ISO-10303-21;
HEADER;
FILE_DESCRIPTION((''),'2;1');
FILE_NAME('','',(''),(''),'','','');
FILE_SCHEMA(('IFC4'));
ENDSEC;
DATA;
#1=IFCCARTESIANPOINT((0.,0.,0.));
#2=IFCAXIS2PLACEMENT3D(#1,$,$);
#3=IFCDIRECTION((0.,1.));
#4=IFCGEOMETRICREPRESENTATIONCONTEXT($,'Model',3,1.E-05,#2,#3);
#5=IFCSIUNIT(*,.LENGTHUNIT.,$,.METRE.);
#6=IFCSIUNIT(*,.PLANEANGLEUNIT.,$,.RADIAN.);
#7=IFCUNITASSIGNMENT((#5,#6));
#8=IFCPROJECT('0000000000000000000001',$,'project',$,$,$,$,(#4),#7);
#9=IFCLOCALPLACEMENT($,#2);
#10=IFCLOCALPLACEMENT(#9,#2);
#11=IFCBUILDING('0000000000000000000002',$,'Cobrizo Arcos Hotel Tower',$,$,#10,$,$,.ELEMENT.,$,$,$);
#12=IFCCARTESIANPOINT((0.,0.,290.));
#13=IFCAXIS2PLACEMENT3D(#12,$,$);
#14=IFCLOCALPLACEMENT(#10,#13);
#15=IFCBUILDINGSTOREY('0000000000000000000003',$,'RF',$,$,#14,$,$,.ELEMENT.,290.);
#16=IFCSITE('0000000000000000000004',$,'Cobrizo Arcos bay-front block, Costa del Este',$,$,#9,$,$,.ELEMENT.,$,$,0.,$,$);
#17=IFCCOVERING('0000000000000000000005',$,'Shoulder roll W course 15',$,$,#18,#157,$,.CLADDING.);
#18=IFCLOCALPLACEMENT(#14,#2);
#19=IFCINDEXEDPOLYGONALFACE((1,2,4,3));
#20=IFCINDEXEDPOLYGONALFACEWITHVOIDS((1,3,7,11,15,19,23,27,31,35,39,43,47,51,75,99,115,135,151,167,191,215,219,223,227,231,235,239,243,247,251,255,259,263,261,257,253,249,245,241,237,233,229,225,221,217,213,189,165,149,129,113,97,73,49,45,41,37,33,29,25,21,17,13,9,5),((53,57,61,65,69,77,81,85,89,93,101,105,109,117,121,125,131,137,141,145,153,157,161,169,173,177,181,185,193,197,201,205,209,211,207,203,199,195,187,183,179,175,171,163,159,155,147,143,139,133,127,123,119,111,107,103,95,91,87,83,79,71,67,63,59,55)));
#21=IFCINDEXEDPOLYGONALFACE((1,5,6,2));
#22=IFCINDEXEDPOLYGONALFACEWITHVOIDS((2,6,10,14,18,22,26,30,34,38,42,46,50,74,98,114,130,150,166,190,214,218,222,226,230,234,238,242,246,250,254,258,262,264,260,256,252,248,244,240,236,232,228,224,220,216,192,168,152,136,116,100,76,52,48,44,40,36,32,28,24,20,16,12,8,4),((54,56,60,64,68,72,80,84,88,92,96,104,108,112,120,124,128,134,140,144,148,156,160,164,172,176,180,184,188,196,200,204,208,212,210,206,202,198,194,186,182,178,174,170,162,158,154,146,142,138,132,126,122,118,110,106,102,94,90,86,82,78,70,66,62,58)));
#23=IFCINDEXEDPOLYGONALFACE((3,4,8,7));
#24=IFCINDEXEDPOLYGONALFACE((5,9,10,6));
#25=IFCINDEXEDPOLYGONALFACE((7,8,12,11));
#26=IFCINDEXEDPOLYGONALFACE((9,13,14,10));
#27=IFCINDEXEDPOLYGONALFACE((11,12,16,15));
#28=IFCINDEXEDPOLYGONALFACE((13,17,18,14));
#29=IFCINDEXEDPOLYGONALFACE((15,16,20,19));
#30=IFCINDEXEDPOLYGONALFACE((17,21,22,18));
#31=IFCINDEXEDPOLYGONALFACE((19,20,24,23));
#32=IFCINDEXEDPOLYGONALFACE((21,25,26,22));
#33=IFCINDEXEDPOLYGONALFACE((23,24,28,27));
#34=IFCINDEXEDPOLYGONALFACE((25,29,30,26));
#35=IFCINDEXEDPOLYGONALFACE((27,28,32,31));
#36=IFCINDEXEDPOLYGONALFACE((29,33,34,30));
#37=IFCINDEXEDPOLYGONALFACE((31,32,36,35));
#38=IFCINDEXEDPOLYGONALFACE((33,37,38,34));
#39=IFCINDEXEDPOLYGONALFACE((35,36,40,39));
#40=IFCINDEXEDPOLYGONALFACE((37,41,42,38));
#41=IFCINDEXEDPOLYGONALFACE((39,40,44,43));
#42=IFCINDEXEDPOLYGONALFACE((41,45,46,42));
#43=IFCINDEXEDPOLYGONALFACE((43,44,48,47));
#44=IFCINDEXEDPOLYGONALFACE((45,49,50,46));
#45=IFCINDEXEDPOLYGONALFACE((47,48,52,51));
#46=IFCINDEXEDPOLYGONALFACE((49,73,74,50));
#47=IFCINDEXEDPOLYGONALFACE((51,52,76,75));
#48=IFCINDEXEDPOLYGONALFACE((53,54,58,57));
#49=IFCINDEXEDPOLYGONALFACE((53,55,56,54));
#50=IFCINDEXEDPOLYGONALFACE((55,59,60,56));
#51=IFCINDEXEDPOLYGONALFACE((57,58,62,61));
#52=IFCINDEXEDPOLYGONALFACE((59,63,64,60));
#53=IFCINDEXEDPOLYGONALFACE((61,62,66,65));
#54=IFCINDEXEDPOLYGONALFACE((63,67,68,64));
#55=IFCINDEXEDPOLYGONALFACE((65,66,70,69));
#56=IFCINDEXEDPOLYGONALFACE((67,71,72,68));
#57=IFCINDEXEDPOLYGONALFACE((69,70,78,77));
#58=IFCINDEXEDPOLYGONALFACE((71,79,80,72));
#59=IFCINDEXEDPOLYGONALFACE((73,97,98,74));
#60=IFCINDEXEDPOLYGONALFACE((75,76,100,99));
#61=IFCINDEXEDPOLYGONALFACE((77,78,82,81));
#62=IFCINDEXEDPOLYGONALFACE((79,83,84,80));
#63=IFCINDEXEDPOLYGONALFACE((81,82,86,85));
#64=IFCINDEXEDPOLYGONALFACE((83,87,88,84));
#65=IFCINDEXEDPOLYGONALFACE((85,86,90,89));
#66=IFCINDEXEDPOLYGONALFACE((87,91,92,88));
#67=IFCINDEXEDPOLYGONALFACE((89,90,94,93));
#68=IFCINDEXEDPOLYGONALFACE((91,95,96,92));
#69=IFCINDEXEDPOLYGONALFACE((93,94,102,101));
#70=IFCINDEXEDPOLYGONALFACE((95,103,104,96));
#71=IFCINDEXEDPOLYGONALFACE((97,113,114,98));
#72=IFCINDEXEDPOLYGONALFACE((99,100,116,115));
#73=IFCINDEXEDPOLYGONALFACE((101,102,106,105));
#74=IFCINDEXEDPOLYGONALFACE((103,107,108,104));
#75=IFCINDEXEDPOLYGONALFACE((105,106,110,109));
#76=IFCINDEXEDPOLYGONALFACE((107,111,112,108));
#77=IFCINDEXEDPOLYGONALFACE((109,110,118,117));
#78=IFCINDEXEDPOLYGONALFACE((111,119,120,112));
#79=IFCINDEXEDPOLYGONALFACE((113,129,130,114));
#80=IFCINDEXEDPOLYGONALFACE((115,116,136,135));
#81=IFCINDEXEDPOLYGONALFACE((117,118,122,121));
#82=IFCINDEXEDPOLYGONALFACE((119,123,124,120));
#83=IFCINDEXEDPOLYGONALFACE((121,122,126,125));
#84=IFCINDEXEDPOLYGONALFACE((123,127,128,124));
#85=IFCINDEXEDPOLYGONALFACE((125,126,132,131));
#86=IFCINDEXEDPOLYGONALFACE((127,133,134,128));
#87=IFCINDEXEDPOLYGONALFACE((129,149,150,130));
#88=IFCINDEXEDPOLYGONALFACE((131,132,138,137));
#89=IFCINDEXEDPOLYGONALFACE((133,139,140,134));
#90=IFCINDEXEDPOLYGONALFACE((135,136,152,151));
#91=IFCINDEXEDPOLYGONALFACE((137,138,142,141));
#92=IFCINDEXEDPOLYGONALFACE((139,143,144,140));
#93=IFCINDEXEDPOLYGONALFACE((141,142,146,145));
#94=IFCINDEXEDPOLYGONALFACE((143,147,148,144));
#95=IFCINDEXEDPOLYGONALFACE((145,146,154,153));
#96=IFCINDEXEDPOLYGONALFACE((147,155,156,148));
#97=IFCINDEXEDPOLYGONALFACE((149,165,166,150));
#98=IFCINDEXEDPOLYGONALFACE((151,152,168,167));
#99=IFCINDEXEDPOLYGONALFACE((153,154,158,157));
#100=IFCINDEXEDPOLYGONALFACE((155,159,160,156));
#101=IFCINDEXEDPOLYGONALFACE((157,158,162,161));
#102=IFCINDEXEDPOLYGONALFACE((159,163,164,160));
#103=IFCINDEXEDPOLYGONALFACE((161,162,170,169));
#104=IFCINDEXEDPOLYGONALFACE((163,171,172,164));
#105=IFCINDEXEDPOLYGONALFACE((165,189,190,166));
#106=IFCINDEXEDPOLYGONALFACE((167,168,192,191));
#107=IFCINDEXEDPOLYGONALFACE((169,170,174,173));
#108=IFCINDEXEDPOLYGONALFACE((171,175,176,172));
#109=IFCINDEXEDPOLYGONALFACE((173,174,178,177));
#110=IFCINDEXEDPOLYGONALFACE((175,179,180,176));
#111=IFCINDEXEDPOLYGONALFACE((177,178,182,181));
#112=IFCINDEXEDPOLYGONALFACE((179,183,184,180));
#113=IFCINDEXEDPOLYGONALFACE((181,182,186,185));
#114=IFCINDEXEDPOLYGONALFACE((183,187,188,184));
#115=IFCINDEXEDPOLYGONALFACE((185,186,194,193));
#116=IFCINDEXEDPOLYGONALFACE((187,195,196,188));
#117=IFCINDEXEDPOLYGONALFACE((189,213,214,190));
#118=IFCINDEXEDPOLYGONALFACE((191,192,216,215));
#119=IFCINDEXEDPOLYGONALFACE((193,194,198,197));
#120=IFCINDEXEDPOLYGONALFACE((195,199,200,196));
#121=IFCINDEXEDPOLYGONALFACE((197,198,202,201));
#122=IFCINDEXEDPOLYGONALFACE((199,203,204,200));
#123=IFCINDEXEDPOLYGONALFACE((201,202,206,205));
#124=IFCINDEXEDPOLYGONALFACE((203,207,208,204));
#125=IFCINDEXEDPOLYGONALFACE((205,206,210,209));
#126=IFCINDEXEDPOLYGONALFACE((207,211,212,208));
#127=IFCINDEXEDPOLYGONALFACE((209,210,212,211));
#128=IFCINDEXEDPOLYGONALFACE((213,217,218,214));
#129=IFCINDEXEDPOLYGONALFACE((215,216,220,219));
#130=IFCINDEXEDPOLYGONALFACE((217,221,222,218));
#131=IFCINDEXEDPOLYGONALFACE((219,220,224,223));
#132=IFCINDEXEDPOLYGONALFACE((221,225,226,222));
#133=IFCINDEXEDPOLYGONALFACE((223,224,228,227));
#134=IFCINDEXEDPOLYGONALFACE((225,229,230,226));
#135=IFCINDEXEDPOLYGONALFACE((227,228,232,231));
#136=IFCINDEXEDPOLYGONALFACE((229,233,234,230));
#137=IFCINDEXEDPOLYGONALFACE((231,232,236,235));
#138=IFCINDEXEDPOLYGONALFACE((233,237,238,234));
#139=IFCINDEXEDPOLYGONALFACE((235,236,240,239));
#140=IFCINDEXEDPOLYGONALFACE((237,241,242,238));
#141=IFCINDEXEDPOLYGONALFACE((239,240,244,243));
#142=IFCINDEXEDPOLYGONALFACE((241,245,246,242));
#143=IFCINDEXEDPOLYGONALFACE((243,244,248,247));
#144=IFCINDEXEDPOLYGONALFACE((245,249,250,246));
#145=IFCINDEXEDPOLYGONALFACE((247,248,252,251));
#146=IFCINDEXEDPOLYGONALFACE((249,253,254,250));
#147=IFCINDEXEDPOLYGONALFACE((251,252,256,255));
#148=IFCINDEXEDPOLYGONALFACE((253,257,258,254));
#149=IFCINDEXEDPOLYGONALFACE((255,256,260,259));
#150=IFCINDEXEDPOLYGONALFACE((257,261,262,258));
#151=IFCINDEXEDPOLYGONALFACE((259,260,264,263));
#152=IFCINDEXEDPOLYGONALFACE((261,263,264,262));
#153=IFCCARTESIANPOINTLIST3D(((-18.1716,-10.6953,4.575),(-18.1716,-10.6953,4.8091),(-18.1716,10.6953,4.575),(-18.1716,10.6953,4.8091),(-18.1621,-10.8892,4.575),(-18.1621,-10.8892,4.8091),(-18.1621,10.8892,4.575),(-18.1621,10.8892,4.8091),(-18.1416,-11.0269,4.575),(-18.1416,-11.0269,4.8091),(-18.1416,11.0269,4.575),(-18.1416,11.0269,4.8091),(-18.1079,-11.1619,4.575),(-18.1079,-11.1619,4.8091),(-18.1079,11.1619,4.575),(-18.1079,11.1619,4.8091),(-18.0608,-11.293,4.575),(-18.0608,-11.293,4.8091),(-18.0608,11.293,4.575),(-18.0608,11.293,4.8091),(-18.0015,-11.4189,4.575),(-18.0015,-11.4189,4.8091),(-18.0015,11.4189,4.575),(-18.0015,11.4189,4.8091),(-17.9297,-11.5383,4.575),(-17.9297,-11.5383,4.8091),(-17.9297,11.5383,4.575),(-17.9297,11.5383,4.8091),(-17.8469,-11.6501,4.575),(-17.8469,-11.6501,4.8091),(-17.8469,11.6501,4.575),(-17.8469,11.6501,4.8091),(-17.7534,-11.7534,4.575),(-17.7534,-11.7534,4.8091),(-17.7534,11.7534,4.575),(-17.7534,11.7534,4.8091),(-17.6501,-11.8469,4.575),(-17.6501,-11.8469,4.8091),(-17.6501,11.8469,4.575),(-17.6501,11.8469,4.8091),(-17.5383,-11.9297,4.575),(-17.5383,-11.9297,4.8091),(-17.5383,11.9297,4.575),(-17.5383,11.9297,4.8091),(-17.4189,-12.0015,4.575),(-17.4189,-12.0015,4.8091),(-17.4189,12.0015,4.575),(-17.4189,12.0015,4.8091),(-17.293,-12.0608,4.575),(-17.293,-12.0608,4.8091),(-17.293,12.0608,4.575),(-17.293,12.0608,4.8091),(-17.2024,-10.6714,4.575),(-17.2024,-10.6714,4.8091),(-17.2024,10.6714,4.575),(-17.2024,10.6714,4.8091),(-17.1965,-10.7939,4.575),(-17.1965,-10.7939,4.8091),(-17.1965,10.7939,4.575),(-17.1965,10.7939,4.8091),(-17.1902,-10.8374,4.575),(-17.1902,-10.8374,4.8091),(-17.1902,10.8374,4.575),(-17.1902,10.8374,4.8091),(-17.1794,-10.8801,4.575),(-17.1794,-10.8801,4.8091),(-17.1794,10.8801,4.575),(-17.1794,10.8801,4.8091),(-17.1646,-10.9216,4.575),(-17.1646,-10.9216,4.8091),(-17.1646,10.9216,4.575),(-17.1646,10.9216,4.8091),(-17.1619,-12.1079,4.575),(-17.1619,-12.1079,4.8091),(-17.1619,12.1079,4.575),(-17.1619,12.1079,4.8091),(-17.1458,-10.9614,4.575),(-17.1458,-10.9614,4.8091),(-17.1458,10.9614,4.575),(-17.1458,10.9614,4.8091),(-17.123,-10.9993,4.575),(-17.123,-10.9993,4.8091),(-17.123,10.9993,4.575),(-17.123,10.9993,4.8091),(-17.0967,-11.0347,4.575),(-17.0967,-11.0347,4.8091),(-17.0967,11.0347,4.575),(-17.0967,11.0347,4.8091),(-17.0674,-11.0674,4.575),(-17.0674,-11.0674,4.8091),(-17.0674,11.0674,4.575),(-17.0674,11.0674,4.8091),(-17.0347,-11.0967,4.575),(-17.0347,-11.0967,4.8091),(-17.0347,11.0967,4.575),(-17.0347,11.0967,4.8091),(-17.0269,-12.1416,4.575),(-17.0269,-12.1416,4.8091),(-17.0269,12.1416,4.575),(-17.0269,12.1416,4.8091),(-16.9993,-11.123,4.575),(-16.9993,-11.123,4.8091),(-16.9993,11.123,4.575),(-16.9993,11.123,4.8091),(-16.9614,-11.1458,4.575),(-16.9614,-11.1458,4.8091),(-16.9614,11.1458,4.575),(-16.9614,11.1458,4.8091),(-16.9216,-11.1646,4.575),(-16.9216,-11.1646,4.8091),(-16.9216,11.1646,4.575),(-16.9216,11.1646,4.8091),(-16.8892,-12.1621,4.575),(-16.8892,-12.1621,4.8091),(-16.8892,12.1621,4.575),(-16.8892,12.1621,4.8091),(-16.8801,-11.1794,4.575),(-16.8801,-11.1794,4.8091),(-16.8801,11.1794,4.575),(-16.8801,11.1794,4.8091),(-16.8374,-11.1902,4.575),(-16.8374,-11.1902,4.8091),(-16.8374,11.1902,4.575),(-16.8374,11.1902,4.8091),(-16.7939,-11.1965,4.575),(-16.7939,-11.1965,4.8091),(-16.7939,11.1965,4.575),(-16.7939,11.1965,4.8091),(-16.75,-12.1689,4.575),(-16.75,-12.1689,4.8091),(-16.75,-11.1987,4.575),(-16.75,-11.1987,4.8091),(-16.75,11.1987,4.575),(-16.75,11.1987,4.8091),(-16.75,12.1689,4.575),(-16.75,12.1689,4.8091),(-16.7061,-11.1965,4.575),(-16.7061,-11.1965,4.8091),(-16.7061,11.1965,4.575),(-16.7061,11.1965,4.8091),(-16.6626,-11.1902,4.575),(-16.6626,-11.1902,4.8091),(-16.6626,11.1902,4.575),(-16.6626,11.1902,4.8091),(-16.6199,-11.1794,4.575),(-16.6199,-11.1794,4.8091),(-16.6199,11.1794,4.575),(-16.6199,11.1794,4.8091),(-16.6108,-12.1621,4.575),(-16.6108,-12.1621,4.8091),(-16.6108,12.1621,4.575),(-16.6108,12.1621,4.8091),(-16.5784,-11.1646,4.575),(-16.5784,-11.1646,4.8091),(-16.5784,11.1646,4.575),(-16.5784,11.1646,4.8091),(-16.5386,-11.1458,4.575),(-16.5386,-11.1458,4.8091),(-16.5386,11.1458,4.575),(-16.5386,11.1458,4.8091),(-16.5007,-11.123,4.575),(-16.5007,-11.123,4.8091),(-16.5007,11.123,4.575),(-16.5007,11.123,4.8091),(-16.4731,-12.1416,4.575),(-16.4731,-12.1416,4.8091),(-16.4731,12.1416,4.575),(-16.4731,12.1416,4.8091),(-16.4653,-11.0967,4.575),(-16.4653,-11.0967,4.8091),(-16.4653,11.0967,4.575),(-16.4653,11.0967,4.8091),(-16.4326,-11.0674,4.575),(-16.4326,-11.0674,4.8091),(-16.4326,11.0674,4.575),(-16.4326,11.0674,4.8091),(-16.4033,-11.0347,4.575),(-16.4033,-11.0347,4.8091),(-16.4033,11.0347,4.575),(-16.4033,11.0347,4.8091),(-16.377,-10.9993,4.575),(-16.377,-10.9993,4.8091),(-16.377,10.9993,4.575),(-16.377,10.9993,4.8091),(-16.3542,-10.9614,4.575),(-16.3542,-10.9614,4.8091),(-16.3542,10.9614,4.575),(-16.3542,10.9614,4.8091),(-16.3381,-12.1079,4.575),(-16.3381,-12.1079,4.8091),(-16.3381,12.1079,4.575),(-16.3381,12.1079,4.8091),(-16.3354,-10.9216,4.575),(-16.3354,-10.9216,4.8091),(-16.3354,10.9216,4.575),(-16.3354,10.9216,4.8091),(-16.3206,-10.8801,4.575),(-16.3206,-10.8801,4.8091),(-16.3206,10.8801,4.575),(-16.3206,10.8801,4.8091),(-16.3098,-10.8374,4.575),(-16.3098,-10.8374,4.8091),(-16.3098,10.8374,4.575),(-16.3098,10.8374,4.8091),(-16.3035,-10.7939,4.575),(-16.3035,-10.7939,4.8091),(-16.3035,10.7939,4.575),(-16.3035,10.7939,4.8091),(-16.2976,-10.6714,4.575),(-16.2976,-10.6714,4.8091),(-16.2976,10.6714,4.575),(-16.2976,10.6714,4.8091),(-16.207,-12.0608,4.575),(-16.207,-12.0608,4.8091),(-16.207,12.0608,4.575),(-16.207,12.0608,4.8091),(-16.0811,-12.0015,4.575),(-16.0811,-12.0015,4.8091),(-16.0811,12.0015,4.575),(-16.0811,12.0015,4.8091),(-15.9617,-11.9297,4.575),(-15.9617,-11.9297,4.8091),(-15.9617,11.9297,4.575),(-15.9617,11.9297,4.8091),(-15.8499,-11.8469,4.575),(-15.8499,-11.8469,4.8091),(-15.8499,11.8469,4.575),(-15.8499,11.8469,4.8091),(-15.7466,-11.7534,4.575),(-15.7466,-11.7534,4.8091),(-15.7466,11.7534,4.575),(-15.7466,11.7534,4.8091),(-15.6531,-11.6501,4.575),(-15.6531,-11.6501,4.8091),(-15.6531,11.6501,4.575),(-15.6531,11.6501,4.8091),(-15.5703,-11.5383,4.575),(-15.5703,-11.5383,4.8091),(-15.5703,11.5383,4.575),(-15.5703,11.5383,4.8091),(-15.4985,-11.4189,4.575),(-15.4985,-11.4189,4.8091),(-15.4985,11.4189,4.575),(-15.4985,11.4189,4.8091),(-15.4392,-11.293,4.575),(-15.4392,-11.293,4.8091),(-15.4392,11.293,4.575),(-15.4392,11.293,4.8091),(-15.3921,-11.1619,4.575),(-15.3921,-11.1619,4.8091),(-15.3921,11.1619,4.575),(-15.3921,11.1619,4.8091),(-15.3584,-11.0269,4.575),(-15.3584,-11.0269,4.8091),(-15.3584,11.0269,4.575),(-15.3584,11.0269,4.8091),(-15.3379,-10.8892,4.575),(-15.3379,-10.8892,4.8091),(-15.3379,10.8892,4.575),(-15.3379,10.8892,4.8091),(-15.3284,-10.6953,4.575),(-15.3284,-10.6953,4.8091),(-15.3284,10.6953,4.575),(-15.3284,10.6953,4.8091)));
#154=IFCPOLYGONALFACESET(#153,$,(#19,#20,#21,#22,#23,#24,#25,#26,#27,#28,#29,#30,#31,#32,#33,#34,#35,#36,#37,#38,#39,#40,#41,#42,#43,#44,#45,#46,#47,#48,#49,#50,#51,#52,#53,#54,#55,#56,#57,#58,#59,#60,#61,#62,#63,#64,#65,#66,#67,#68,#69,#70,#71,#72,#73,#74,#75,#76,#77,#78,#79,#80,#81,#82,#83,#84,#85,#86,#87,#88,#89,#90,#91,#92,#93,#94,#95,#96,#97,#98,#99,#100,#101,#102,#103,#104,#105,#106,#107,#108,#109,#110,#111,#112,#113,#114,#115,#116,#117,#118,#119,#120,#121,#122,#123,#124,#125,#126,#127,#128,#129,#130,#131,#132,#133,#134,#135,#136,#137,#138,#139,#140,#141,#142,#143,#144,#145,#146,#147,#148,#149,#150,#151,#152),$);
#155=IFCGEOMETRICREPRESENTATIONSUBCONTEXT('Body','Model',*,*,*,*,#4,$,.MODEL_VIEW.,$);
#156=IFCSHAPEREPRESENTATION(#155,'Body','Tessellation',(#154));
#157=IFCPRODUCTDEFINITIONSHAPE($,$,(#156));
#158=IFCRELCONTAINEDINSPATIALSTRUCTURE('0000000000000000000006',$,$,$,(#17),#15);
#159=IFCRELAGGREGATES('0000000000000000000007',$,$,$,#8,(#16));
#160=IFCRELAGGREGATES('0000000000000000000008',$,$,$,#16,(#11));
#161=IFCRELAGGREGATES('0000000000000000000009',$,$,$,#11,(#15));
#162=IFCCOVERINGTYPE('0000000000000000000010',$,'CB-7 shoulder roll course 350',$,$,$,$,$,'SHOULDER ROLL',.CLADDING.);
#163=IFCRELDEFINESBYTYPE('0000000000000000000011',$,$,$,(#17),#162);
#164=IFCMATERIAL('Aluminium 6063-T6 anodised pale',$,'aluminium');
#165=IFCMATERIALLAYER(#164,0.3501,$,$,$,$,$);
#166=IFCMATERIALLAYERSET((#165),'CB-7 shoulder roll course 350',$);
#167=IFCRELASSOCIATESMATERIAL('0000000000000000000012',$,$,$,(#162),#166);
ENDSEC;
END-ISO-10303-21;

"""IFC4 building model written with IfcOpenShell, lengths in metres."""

from ifc_helpers import new_model, si_unit, direction, frame, origin, place, context, subcontext, project, spatial, polyline, outline, extrude, material, layer, layer_set, type_object, element, save


model = new_model("IFC4")

# Units and contexts
model_context = context("Model", 3, precision=1e-05, world=origin(), true_north=direction((0.0, 1.0)))
body_context = subcontext(model_context, "Body", "Model", "MODEL_VIEW")
ifc_project = project(units=[si_unit("LENGTHUNIT", "METRE"), si_unit("PLANEANGLEUNIT", "RADIAN")], contexts=[model_context])

# Site, building, storey
site_placement = place(None, origin())
site = spatial("IfcSite", under=ifc_project, at=site_placement, Name="Cobrizo Arcos bay-front block, Costa del Este", CompositionType="ELEMENT", RefElevation=0.0)
building_placement = place(site_placement, origin())
building = spatial("IfcBuilding", under=site, at=building_placement, Name="Cobrizo Arcos Hotel Tower", CompositionType="ELEMENT")
storey_placement = place(building_placement, frame((0.0, 0.0, 290.0)))
storey = spatial("IfcBuildingStorey", under=building, at=storey_placement, Name="RF", CompositionType="ELEMENT", Elevation=290.0)

# Covering
ifc_material_1 = material(Name="Aluminium 6063-T6 anodised pale", Category="aluminium")
ifc_layer_1 = layer(ifc_material_1, 0.3501)
ifc_layer_set_1 = layer_set([ifc_layer_1], Name="CB-7 shoulder roll course 350")
covering_type_1 = type_object("IfcCoveringType", Name="CB-7 shoulder roll course 350", ElementType="SHOULDER ROLL", PredefinedType="CLADDING", material=ifc_layer_set_1)
covering_1_placement = place(storey_placement, frame((0.0, 0.0, 4.575)))
element("IfcCovering", 1, at=covering_1_placement, inside=storey, type_object=covering_type_1, Name="Shoulder roll W course 15", PredefinedType="CLADDING", context=body_context, shape_type="SweptSolid", body=[
    extrude(outline(polyline([(-18.1716, 10.6953), (-18.1621, 10.8892), (-18.1416, 11.0269), (-18.1079, 11.1619), (-18.0608, 11.293), (-18.0015, 11.4189), (-17.9297, 11.5383), (-17.8469, 11.6501), (-17.7534, 11.7534), (-17.6501, 11.8469), (-17.5383, 11.9297), (-17.4189, 12.0015), (-17.293, 12.0608), (-17.1619, 12.1079), (-17.0269, 12.1416), (-16.8892, 12.1621), (-16.75, 12.1689), (-16.6108, 12.1621), (-16.4731, 12.1416), (-16.3381, 12.1079), (-16.207, 12.0608), (-16.0811, 12.0015), (-15.9617, 11.9297), (-15.8499, 11.8469), (-15.7466, 11.7534), (-15.6531, 11.6501), (-15.5703, 11.5383), (-15.4985, 11.4189), (-15.4392, 11.293), (-15.3921, 11.1619), (-15.3584, 11.0269), (-15.3379, 10.8892), (-15.3284, 10.6953), (-15.3284, -10.6953), (-15.3379, -10.8892), (-15.3584, -11.0269), (-15.3921, -11.1619), (-15.4392, -11.293), (-15.4985, -11.4189), (-15.5703, -11.5383), (-15.6531, -11.6501), (-15.7466, -11.7534), (-15.8499, -11.8469), (-15.9617, -11.9297), (-16.0811, -12.0015), (-16.207, -12.0608), (-16.3381, -12.1079), (-16.4731, -12.1416), (-16.6108, -12.1621), (-16.75, -12.1689), (-16.8892, -12.1621), (-17.0269, -12.1416), (-17.1619, -12.1079), (-17.293, -12.0608), (-17.4189, -12.0015), (-17.5383, -11.9297), (-17.6501, -11.8469), (-17.7534, -11.7534), (-17.8469, -11.6501), (-17.9297, -11.5383), (-18.0015, -11.4189), (-18.0608, -11.293), (-18.1079, -11.1619), (-18.1416, -11.0269), (-18.1621, -10.8892), (-18.1716, -10.6953), (-18.1716, 10.6953)]), holes=[polyline([(-17.2024, 10.6714), (-17.1965, 10.7939), (-17.1902, 10.8374), (-17.1794, 10.8801), (-17.1646, 10.9216), (-17.1458, 10.9614), (-17.123, 10.9993), (-17.0967, 11.0347), (-17.0674, 11.0674), (-17.0347, 11.0967), (-16.9993, 11.123), (-16.9614, 11.1458), (-16.9216, 11.1646), (-16.8801, 11.1794), (-16.8374, 11.1902), (-16.7939, 11.1965), (-16.75, 11.1987), (-16.7061, 11.1965), (-16.6626, 11.1902), (-16.6199, 11.1794), (-16.5784, 11.1646), (-16.5386, 11.1458), (-16.5007, 11.123), (-16.4653, 11.0967), (-16.4326, 11.0674), (-16.4033, 11.0347), (-16.377, 10.9993), (-16.3542, 10.9614), (-16.3354, 10.9216), (-16.3206, 10.8801), (-16.3098, 10.8374), (-16.3035, 10.7939), (-16.2976, 10.6714), (-16.2976, -10.6714), (-16.3035, -10.7939), (-16.3098, -10.8374), (-16.3206, -10.8801), (-16.3354, -10.9216), (-16.3542, -10.9614), (-16.377, -10.9993), (-16.4033, -11.0347), (-16.4326, -11.0674), (-16.4653, -11.0967), (-16.5007, -11.123), (-16.5386, -11.1458), (-16.5784, -11.1646), (-16.6199, -11.1794), (-16.6626, -11.1902), (-16.7061, -11.1965), (-16.75, -11.1987), (-16.7939, -11.1965), (-16.8374, -11.1902), (-16.8801, -11.1794), (-16.9216, -11.1646), (-16.9614, -11.1458), (-16.9993, -11.123), (-17.0347, -11.0967), (-17.0674, -11.0674), (-17.0967, -11.0347), (-17.123, -10.9993), (-17.1458, -10.9614), (-17.1646, -10.9216), (-17.1794, -10.8801), (-17.1902, -10.8374), (-17.1965, -10.7939), (-17.2024, -10.6714), (-17.2024, 10.6714)])]), origin(), (0.0, 0.0, 1.0), 0.2341),
])

save(model, "model.ifc")
